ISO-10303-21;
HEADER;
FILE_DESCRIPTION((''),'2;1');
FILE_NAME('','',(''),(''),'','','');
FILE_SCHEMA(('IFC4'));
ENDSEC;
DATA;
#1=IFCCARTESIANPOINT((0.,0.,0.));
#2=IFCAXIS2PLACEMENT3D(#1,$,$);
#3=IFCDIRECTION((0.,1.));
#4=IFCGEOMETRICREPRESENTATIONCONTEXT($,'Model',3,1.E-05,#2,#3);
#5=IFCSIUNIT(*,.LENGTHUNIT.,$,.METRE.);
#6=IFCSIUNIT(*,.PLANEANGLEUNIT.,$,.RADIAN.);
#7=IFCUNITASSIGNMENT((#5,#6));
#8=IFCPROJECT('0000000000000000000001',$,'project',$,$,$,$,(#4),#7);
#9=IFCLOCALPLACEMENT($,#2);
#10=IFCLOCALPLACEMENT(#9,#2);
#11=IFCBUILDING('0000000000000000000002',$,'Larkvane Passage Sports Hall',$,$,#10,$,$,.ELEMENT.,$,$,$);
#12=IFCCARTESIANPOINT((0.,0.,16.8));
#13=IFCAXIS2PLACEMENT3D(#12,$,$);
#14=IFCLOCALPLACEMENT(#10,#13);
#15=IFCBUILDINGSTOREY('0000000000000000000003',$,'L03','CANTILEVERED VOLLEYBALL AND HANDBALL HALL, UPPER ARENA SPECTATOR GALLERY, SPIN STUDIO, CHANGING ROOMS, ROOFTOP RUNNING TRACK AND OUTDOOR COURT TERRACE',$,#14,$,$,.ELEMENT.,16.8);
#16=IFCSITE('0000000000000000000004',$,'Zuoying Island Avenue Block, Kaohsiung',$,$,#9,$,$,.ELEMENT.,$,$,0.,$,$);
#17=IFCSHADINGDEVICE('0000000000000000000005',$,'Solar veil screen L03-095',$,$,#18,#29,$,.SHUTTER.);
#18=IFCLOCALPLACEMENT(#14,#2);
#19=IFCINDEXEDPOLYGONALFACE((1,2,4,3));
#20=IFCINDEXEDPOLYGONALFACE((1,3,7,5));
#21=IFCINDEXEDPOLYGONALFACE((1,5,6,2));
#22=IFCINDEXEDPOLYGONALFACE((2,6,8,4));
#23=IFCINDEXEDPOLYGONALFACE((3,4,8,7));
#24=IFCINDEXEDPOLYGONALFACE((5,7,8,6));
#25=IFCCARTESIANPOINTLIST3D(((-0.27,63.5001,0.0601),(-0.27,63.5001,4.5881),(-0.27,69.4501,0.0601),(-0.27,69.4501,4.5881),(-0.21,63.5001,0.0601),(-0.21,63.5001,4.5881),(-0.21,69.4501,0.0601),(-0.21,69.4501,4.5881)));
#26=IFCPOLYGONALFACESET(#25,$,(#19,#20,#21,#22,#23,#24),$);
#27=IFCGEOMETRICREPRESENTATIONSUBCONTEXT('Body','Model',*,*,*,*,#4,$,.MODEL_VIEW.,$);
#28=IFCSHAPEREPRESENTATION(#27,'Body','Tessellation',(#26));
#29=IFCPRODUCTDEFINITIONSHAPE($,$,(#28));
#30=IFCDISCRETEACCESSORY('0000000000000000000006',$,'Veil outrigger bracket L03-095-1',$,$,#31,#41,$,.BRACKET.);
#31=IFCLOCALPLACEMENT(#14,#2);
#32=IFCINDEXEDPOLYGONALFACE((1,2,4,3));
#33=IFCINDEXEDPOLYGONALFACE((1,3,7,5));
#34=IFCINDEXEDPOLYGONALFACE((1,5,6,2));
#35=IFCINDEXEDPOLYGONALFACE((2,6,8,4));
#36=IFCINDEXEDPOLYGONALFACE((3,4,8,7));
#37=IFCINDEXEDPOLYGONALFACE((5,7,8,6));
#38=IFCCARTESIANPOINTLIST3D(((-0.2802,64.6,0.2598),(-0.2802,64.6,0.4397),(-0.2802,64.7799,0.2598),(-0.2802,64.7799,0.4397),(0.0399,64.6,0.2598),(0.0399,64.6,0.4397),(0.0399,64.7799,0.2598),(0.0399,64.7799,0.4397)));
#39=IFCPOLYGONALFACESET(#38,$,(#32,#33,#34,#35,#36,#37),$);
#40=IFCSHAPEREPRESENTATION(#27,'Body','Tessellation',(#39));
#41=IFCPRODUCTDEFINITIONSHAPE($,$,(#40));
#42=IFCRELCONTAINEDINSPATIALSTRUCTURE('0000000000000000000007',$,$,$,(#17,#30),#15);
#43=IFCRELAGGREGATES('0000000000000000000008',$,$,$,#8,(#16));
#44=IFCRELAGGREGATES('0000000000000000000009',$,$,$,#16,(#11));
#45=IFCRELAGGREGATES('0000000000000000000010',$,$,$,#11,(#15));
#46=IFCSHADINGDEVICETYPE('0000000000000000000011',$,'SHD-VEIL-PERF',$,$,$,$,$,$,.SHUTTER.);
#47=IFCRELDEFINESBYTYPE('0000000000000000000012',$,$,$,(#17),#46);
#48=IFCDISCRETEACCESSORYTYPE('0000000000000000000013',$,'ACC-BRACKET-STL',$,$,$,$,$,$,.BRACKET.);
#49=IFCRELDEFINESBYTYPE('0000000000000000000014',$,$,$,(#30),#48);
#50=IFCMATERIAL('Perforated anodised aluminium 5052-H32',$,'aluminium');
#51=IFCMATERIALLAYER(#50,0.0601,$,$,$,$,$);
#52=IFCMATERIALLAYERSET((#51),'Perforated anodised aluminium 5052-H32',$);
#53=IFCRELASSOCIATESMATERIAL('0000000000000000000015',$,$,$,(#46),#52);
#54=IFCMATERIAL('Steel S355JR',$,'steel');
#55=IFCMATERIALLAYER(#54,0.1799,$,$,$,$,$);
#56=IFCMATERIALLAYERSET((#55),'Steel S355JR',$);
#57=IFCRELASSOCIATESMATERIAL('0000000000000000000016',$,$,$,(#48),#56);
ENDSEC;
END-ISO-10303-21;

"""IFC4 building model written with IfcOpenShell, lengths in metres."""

from ifc_helpers import new_model, si_unit, direction, frame, origin, origin_2d, place, context, subcontext, project, spatial, rectangle, extrude, material, layer, layer_set, type_object, element, save


model = new_model("IFC4")

# Units and contexts
model_context = context("Model", 3, precision=1e-05, world=origin(), true_north=direction((0.0, 1.0)))
body_context = subcontext(model_context, "Body", "Model", "MODEL_VIEW")
ifc_project = project(units=[si_unit("LENGTHUNIT", "METRE"), si_unit("PLANEANGLEUNIT", "RADIAN")], contexts=[model_context])

# Site, building, storey
site_placement = place(None, origin())
site = spatial("IfcSite", under=ifc_project, at=site_placement, Name="Zuoying Island Avenue Block, Kaohsiung", CompositionType="ELEMENT", RefElevation=0.0)
building_placement = place(site_placement, origin())
building = spatial("IfcBuilding", under=site, at=building_placement, Name="Larkvane Passage Sports Hall", CompositionType="ELEMENT")
storey_placement = place(building_placement, frame((0.0, 0.0, 16.8)))
storey = spatial("IfcBuildingStorey", under=building, at=storey_placement, Name="L03", Description="CANTILEVERED VOLLEYBALL AND HANDBALL HALL, UPPER ARENA SPECTATOR GALLERY, SPIN STUDIO, CHANGING ROOMS, ROOFTOP RUNNING TRACK AND OUTDOOR COURT TERRACE", CompositionType="ELEMENT", Elevation=16.8)

# Shading device
ifc_material_1 = material(Name="Perforated anodised aluminium 5052-H32", Category="aluminium")
ifc_layer_1 = layer(ifc_material_1, 0.0601)
ifc_layer_set_1 = layer_set([ifc_layer_1], Name="Perforated anodised aluminium 5052-H32")
shading_device_type = type_object("IfcShadingDeviceType", Name="SHD-VEIL-PERF", PredefinedType="SHUTTER", material=ifc_layer_set_1)
shading_device_placement = place(storey_placement, frame((-0.24, 66.4751, 0.0601), z_axis=(0.0, 0.0, 1.0), x_axis=(0.0, 1.0, 0.0)))
element("IfcShadingDevice", 1, at=shading_device_placement, inside=storey, type_object=shading_device_type, Name="Solar veil screen L03-095", PredefinedType="SHUTTER", context=body_context, shape_type="SweptSolid", body=[
    extrude(rectangle(XDim=5.95, YDim=0.0601, at=origin_2d()), origin(), (0.0, 0.0, 1.0), 4.5281),
])

# Discrete accessory
ifc_material_2 = material(Name="Steel S355JR", Category="steel")
ifc_layer_2 = layer(ifc_material_2, 0.1799)
ifc_layer_set_2 = layer_set([ifc_layer_2], Name="Steel S355JR")
discrete_accessory_type = type_object("IfcDiscreteAccessoryType", Name="ACC-BRACKET-STL", PredefinedType="BRACKET", material=ifc_layer_set_2)
discrete_accessory_placement = place(storey_placement, frame((-0.1201, 64.6899, 0.2598), z_axis=(0.0, 0.0, 1.0), x_axis=(0.0, 1.0, 0.0)))
element("IfcDiscreteAccessory", 2, at=discrete_accessory_placement, inside=storey, type_object=discrete_accessory_type, Name="Veil outrigger bracket L03-095-1", PredefinedType="BRACKET", context=body_context, shape_type="SweptSolid", body=[
    extrude(rectangle(XDim=0.1799, YDim=0.3201, at=origin_2d()), origin(), (0.0, 0.0, 1.0), 0.1799),
])

save(model, "model.ifc")
